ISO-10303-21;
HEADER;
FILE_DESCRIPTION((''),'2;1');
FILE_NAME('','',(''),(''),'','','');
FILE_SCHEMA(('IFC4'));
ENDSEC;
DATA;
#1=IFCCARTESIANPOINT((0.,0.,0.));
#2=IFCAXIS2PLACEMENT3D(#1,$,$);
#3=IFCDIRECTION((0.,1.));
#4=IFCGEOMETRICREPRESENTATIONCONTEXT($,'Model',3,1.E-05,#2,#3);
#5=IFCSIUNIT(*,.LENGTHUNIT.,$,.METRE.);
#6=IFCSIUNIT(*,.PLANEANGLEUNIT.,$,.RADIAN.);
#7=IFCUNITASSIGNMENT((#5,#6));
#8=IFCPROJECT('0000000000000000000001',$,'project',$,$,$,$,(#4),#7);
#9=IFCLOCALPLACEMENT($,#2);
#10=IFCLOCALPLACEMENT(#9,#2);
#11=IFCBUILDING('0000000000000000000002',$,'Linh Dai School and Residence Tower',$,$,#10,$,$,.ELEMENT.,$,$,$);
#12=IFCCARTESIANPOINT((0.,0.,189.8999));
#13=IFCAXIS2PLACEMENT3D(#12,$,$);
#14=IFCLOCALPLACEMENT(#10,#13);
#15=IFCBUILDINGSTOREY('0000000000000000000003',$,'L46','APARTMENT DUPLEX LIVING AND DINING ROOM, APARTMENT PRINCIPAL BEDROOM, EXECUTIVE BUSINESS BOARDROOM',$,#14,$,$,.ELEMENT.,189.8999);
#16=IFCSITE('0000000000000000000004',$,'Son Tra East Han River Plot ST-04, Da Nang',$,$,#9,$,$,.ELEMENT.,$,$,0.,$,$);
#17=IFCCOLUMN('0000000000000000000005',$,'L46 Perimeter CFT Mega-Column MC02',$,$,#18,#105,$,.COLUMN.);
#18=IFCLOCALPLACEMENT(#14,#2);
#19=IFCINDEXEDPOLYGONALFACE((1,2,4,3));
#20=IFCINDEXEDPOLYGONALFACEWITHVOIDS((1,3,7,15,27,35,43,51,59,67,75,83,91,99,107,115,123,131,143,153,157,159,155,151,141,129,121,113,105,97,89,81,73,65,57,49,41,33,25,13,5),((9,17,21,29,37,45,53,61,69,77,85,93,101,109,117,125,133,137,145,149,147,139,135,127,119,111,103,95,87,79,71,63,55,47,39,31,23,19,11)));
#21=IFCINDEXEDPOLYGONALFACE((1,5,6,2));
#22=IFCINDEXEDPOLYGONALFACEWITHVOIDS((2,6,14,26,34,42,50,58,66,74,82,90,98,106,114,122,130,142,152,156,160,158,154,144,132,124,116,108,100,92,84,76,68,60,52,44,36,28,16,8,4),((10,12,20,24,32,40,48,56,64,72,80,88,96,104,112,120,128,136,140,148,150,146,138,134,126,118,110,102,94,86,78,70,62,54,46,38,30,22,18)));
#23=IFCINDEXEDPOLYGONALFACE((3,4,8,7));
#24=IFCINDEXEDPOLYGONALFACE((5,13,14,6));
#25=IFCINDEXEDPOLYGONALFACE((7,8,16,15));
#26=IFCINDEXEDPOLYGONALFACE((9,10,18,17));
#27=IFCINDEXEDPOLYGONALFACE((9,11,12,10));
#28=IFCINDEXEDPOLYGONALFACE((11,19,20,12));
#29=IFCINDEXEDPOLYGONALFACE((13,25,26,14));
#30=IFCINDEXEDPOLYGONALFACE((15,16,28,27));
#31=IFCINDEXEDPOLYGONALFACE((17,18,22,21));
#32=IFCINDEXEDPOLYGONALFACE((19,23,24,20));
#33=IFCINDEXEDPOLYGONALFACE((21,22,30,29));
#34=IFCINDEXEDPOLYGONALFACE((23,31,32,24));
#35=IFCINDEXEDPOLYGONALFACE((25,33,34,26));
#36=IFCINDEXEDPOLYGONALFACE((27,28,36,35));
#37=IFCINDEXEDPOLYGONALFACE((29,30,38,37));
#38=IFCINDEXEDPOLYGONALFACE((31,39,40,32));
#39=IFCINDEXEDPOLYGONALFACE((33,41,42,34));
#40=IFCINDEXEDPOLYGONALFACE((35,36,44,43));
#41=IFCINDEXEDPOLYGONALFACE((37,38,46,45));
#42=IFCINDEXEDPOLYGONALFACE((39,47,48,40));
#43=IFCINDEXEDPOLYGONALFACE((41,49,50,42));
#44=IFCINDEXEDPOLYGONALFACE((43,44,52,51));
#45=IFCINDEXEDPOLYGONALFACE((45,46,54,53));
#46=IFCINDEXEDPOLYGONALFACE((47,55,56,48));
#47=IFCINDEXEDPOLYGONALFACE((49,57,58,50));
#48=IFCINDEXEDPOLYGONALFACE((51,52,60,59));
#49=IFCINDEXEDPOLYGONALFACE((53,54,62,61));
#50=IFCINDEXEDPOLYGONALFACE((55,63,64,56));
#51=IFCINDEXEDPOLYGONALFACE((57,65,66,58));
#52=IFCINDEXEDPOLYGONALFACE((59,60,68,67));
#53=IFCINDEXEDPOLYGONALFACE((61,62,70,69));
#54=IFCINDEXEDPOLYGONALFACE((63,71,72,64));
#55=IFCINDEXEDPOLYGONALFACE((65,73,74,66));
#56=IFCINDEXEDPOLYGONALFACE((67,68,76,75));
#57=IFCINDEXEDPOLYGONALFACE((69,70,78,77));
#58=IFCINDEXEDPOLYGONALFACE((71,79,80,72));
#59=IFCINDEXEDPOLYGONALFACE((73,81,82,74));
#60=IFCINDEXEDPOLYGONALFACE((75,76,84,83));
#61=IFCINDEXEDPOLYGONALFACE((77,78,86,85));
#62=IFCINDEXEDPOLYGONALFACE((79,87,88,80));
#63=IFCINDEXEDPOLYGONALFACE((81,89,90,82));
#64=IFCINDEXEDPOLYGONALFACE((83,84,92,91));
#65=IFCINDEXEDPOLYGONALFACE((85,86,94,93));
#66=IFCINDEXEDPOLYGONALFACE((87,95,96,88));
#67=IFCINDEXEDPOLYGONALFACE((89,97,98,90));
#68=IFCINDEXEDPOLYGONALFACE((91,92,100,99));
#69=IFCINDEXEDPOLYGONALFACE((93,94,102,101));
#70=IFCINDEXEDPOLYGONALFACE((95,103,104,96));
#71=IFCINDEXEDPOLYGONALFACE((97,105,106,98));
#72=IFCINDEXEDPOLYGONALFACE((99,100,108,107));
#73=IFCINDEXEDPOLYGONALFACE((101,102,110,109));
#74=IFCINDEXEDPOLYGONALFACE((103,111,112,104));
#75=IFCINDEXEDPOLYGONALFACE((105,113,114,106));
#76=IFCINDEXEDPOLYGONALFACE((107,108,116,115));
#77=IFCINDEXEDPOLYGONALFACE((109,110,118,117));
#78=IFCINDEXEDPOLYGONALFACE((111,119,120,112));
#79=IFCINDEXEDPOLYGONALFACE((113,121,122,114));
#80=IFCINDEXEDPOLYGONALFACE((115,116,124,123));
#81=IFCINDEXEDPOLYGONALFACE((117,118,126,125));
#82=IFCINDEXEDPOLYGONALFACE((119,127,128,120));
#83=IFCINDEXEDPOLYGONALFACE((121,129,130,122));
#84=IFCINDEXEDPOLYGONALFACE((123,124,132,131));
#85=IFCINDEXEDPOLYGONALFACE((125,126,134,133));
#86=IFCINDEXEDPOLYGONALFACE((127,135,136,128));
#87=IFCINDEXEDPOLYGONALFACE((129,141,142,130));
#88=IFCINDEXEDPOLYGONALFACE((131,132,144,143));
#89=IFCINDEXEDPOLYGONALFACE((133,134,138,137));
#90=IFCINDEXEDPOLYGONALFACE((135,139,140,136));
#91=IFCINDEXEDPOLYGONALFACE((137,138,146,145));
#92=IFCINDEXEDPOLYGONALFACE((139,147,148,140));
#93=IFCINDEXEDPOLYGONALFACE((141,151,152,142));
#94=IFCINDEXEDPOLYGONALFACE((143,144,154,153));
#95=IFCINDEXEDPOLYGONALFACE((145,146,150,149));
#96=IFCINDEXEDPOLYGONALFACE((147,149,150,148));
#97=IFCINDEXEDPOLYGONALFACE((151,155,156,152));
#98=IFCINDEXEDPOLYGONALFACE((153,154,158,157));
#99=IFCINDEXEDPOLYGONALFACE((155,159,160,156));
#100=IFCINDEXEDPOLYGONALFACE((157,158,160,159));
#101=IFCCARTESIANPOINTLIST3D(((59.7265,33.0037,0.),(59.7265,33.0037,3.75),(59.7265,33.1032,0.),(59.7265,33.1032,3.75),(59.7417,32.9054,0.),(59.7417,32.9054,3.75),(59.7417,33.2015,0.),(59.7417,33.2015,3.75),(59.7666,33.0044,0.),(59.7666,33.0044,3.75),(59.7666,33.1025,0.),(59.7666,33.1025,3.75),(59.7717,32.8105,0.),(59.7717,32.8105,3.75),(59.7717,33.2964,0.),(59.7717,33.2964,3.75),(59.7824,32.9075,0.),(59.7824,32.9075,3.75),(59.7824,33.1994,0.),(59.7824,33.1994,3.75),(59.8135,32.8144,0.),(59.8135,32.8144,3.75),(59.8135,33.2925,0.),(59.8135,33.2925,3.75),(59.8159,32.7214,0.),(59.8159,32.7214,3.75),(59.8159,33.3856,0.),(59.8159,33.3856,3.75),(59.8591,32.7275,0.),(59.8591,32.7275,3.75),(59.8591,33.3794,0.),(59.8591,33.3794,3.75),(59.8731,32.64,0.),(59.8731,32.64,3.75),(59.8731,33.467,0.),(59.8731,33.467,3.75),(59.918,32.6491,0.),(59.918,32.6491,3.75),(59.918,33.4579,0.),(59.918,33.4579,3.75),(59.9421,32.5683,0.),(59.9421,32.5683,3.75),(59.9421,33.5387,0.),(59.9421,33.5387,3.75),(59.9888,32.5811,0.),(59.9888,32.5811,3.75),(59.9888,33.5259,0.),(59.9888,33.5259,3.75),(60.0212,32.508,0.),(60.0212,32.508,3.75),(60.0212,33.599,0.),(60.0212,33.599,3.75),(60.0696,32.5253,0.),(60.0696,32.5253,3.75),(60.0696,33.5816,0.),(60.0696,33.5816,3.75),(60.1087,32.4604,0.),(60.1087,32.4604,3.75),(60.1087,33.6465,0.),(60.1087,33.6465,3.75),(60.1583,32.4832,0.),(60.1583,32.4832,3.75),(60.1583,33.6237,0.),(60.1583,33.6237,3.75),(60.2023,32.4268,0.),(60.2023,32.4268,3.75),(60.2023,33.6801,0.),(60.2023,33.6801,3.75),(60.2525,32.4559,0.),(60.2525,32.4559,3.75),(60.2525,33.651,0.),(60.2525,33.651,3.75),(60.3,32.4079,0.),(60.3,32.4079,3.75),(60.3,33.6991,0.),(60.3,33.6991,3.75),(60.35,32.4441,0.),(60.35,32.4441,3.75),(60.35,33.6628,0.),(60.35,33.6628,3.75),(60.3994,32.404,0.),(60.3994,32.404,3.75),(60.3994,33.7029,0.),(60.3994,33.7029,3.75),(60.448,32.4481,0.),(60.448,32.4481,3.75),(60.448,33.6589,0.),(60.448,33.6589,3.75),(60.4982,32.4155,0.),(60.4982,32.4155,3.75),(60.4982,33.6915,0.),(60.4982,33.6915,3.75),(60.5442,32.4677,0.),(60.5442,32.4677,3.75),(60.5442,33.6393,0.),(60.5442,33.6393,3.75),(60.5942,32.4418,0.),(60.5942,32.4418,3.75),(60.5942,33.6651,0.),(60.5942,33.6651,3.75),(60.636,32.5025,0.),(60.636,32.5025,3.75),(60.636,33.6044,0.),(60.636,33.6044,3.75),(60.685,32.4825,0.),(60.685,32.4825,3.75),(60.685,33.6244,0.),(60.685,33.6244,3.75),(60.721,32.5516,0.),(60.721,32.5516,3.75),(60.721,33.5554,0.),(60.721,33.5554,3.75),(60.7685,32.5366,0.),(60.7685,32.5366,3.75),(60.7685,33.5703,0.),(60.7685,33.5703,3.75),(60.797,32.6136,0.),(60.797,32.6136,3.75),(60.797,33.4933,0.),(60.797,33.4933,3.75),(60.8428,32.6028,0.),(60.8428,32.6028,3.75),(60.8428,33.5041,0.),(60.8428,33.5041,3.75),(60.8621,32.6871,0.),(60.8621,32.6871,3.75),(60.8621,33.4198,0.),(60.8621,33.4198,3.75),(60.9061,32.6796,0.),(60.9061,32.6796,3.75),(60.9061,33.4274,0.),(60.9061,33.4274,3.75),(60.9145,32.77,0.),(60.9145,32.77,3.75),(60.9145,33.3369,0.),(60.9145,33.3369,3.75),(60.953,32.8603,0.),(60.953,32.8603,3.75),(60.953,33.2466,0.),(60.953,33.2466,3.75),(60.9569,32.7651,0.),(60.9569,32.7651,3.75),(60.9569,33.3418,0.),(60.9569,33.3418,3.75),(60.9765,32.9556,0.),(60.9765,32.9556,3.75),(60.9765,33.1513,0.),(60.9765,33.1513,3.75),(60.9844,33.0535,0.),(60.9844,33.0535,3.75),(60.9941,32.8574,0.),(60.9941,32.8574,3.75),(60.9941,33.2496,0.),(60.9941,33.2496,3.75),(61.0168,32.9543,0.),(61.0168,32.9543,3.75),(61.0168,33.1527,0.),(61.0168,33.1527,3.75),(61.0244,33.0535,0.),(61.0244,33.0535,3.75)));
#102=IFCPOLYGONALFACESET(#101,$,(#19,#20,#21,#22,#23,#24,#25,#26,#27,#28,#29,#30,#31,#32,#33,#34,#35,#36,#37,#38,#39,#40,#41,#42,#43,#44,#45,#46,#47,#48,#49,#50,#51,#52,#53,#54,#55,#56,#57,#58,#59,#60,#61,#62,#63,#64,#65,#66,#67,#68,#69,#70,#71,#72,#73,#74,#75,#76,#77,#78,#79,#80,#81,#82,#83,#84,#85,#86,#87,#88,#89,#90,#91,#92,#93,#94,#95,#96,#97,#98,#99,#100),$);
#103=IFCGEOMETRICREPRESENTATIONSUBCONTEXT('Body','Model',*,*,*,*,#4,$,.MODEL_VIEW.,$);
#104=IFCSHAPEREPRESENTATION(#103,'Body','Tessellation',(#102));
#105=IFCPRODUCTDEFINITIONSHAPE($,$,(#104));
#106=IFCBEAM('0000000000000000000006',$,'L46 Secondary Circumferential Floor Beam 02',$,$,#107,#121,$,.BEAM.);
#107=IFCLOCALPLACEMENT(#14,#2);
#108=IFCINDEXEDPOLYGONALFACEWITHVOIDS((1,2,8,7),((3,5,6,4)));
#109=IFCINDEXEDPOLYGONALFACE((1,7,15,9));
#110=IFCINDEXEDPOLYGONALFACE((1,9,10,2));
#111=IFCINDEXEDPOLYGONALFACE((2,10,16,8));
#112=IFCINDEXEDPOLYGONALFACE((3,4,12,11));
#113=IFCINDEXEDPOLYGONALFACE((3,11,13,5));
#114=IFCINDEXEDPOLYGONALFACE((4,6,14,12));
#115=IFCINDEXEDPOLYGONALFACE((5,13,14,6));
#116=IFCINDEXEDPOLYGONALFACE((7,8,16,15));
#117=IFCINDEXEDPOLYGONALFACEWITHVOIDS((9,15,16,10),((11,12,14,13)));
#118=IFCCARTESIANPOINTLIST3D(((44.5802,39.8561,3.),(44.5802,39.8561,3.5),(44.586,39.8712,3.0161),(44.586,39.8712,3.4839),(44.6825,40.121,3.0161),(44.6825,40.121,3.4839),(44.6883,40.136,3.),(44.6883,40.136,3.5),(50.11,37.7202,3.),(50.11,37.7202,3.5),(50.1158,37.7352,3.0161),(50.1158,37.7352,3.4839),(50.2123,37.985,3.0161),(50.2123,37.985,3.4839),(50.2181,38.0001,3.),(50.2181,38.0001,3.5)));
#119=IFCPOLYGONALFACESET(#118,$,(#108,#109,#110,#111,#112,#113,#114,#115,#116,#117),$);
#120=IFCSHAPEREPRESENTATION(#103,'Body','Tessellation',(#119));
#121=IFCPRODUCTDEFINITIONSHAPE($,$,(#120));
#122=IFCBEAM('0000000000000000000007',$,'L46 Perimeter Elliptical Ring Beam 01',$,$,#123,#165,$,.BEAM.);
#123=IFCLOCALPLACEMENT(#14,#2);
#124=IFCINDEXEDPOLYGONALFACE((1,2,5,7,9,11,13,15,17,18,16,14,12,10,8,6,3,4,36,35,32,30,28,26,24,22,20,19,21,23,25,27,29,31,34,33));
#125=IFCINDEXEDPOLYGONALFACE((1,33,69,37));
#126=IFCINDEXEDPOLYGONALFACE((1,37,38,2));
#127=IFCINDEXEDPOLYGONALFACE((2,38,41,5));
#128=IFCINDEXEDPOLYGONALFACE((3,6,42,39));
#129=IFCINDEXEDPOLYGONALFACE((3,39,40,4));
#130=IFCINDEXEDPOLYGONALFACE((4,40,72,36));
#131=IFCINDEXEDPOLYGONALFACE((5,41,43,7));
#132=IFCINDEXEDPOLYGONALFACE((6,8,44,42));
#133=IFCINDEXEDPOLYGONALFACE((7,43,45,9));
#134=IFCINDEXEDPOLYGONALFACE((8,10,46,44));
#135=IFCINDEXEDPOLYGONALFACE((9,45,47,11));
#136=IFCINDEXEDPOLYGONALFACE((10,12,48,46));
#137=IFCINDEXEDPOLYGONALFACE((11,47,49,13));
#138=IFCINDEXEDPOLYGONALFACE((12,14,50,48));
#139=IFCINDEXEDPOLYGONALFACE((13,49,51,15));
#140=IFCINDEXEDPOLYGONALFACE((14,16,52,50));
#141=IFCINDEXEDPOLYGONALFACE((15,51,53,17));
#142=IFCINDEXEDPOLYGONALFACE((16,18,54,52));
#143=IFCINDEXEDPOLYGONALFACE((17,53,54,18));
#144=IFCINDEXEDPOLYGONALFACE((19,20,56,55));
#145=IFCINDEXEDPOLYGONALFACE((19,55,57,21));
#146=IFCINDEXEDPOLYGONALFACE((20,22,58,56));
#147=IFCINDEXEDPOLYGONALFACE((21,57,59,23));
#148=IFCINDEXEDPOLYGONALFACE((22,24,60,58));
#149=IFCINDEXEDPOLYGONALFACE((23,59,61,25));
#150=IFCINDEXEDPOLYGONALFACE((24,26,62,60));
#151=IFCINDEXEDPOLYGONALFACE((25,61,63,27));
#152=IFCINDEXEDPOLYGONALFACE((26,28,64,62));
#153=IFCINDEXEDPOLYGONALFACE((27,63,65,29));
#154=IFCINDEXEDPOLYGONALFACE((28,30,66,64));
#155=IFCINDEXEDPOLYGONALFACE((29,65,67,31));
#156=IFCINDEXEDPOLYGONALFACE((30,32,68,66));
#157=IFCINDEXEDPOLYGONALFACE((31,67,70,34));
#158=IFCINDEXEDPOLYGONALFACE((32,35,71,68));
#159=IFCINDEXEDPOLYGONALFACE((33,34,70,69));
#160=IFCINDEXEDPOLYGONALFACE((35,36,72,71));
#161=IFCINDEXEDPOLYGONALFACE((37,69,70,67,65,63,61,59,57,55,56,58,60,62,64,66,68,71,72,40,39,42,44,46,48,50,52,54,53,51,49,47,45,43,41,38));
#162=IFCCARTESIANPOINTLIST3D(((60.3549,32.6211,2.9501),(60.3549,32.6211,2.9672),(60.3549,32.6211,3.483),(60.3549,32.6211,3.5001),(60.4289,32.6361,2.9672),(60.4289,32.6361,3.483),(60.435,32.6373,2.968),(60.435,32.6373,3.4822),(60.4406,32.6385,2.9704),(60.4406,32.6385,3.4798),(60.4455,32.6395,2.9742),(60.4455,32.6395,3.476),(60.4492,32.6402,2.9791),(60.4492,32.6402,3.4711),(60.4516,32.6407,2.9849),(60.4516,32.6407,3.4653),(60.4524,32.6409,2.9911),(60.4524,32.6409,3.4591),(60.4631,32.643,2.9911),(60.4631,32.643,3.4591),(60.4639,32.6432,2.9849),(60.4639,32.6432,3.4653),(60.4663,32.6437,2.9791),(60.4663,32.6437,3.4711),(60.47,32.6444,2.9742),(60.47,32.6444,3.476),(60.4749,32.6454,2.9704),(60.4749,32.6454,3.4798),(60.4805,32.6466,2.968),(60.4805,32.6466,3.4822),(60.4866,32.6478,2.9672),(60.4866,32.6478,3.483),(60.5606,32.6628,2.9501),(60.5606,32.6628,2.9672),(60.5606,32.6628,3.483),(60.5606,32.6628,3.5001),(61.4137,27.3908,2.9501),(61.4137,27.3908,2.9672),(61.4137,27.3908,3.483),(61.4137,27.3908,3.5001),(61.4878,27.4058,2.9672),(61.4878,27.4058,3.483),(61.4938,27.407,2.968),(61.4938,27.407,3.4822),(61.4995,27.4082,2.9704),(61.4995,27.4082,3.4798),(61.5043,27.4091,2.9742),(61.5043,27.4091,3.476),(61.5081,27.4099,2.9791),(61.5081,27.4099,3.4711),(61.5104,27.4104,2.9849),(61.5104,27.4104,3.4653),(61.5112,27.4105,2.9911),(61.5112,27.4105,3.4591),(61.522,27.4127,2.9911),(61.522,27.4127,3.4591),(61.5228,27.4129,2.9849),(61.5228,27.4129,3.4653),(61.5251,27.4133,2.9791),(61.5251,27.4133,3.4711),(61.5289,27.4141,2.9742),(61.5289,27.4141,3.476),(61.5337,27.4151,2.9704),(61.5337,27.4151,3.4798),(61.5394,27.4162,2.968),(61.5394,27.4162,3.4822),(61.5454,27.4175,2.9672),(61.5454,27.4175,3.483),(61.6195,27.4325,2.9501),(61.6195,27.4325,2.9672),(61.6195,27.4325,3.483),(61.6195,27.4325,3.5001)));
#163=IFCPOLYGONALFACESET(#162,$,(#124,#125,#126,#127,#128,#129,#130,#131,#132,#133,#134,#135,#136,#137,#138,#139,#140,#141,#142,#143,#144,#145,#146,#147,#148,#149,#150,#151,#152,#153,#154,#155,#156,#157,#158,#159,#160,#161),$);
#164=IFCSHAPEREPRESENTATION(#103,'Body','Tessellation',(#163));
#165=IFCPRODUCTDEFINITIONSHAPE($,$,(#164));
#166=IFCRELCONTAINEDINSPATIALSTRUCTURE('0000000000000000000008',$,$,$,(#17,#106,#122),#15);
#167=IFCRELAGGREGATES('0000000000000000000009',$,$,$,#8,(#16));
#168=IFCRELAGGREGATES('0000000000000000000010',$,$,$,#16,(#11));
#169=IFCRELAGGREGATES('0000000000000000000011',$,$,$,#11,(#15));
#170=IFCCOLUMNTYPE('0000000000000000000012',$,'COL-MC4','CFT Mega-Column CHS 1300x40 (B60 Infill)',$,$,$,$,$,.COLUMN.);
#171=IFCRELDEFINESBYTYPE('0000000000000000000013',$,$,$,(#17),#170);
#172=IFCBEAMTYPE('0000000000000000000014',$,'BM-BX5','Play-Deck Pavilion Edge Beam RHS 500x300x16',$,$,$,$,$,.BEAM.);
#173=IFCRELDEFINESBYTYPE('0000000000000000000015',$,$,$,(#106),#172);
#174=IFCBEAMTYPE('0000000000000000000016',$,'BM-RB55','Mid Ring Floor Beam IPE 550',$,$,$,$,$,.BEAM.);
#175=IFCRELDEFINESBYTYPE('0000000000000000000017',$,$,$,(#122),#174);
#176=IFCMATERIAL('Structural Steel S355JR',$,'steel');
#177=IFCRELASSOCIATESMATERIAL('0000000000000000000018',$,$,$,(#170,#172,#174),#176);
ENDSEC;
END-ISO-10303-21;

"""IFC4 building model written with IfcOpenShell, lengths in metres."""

from ifc_helpers import new_model, si_unit, direction, frame, origin, origin_2d, place, context, subcontext, project, spatial, hollow_rectangle, hollow_circle, i_section, extrude, material, material_profile, profile_set, type_object, element, save


model = new_model("IFC4")

# Units and contexts
model_context = context("Model", 3, precision=1e-05, world=origin(), true_north=direction((0.0, 1.0)))
body_context = subcontext(model_context, "Body", "Model", "MODEL_VIEW")
ifc_project = project(units=[si_unit("LENGTHUNIT", "METRE"), si_unit("PLANEANGLEUNIT", "RADIAN")], contexts=[model_context])

# Site, building, storey
site_placement = place(None, origin())
site = spatial("IfcSite", under=ifc_project, at=site_placement, Name="Son Tra East Han River Plot ST-04, Da Nang", CompositionType="ELEMENT", RefElevation=0.0)
building_placement = place(site_placement, origin())
building = spatial("IfcBuilding", under=site, at=building_placement, Name="Linh Dai School and Residence Tower", CompositionType="ELEMENT")
storey_placement = place(building_placement, frame((0.0, 0.0, 189.8999)))
storey = spatial("IfcBuildingStorey", under=building, at=storey_placement, Name="L46", Description="APARTMENT DUPLEX LIVING AND DINING ROOM, APARTMENT PRINCIPAL BEDROOM, EXECUTIVE BUSINESS BOARDROOM", CompositionType="ELEMENT", Elevation=189.8999)

# Column
ifc_material_1 = material(Name="Structural Steel S355JR", Category="steel")
ifc_material_profile_1 = material_profile(ifc_material_1, hollow_circle(Radius=0.6499, WallThickness=0.04, at=origin_2d()), Name="CHS 1300x40")
ifc_profile_set_1 = profile_set([ifc_material_profile_1], Name="Structural Steel S355JR")
column_type = type_object("IfcColumnType", Name="COL-MC4", Description="CFT Mega-Column CHS 1300x40 (B60 Infill)", PredefinedType="COLUMN", material=ifc_profile_set_1)
column_placement = place(storey_placement, frame((60.3745, 33.0535, 0.0), z_axis=(0.0, 0.0, 1.0), x_axis=(1.0, 0.0, 0.0)))
element("IfcColumn", 1, at=column_placement, inside=storey, type_object=column_type, Name="L46 Perimeter CFT Mega-Column MC02", PredefinedType="COLUMN", context=body_context, shape_type="SweptSolid", body=[
    extrude(hollow_circle(Radius=0.6499, WallThickness=0.04, at=origin_2d()), origin(), (0.0, 0.0, 1.0), 3.75),
])

# Beams
ifc_material_profile_2 = material_profile(ifc_material_1, hollow_rectangle(XDim=0.3, YDim=0.5, WallThickness=0.0161, at=origin_2d()), Name="RHS 500x300x16")
ifc_profile_set_2 = profile_set([ifc_material_profile_2], Name="Structural Steel S355JR")
beam_type_1 = type_object("IfcBeamType", Name="BM-BX5", Description="Play-Deck Pavilion Edge Beam RHS 500x300x16", PredefinedType="BEAM", material=ifc_profile_set_2)
beam_1_placement = place(storey_placement, frame((50.1641, 37.8601, 3.25), z_axis=(-0.932828, 0.360323, 0.0), x_axis=(-0.360323, -0.932828, 0.0)))
element("IfcBeam", 2, at=beam_1_placement, inside=storey, type_object=beam_type_1, Name="L46 Secondary Circumferential Floor Beam 02", PredefinedType="BEAM", context=body_context, shape_type="SweptSolid", body=[
    extrude(hollow_rectangle(XDim=0.3, YDim=0.5, WallThickness=0.0161, at=origin_2d()), origin(), (0.0, 0.0, 1.0), 5.928),
])
ifc_material_profile_3 = material_profile(ifc_material_1, i_section(OverallWidth=0.21, OverallDepth=0.55, WebThickness=0.011, FlangeThickness=0.0171, FilletRadius=0.0239, at=origin_2d()), Name="IPE 550")
ifc_profile_set_3 = profile_set([ifc_material_profile_3], Name="Structural Steel S355JR")
beam_type_2 = type_object("IfcBeamType", Name="BM-RB55", Description="Mid Ring Floor Beam IPE 550", PredefinedType="BEAM", material=ifc_profile_set_3)
beam_2_placement = place(storey_placement, frame((61.5166, 27.4116, 3.2251), z_axis=(-0.198421, 0.980117, 0.0), x_axis=(-0.980117, -0.198421, 0.0)))
element("IfcBeam", 3, at=beam_2_placement, inside=storey, type_object=beam_type_2, Name="L46 Perimeter Elliptical Ring Beam 01", PredefinedType="BEAM", context=body_context, shape_type="SweptSolid", body=[
    extrude(i_section(OverallWidth=0.21, OverallDepth=0.55, WebThickness=0.011, FlangeThickness=0.0171, FilletRadius=0.0239, at=origin_2d()), origin(), (0.0, 0.0, 1.0), 5.3364),
])

save(model, "model.ifc")
